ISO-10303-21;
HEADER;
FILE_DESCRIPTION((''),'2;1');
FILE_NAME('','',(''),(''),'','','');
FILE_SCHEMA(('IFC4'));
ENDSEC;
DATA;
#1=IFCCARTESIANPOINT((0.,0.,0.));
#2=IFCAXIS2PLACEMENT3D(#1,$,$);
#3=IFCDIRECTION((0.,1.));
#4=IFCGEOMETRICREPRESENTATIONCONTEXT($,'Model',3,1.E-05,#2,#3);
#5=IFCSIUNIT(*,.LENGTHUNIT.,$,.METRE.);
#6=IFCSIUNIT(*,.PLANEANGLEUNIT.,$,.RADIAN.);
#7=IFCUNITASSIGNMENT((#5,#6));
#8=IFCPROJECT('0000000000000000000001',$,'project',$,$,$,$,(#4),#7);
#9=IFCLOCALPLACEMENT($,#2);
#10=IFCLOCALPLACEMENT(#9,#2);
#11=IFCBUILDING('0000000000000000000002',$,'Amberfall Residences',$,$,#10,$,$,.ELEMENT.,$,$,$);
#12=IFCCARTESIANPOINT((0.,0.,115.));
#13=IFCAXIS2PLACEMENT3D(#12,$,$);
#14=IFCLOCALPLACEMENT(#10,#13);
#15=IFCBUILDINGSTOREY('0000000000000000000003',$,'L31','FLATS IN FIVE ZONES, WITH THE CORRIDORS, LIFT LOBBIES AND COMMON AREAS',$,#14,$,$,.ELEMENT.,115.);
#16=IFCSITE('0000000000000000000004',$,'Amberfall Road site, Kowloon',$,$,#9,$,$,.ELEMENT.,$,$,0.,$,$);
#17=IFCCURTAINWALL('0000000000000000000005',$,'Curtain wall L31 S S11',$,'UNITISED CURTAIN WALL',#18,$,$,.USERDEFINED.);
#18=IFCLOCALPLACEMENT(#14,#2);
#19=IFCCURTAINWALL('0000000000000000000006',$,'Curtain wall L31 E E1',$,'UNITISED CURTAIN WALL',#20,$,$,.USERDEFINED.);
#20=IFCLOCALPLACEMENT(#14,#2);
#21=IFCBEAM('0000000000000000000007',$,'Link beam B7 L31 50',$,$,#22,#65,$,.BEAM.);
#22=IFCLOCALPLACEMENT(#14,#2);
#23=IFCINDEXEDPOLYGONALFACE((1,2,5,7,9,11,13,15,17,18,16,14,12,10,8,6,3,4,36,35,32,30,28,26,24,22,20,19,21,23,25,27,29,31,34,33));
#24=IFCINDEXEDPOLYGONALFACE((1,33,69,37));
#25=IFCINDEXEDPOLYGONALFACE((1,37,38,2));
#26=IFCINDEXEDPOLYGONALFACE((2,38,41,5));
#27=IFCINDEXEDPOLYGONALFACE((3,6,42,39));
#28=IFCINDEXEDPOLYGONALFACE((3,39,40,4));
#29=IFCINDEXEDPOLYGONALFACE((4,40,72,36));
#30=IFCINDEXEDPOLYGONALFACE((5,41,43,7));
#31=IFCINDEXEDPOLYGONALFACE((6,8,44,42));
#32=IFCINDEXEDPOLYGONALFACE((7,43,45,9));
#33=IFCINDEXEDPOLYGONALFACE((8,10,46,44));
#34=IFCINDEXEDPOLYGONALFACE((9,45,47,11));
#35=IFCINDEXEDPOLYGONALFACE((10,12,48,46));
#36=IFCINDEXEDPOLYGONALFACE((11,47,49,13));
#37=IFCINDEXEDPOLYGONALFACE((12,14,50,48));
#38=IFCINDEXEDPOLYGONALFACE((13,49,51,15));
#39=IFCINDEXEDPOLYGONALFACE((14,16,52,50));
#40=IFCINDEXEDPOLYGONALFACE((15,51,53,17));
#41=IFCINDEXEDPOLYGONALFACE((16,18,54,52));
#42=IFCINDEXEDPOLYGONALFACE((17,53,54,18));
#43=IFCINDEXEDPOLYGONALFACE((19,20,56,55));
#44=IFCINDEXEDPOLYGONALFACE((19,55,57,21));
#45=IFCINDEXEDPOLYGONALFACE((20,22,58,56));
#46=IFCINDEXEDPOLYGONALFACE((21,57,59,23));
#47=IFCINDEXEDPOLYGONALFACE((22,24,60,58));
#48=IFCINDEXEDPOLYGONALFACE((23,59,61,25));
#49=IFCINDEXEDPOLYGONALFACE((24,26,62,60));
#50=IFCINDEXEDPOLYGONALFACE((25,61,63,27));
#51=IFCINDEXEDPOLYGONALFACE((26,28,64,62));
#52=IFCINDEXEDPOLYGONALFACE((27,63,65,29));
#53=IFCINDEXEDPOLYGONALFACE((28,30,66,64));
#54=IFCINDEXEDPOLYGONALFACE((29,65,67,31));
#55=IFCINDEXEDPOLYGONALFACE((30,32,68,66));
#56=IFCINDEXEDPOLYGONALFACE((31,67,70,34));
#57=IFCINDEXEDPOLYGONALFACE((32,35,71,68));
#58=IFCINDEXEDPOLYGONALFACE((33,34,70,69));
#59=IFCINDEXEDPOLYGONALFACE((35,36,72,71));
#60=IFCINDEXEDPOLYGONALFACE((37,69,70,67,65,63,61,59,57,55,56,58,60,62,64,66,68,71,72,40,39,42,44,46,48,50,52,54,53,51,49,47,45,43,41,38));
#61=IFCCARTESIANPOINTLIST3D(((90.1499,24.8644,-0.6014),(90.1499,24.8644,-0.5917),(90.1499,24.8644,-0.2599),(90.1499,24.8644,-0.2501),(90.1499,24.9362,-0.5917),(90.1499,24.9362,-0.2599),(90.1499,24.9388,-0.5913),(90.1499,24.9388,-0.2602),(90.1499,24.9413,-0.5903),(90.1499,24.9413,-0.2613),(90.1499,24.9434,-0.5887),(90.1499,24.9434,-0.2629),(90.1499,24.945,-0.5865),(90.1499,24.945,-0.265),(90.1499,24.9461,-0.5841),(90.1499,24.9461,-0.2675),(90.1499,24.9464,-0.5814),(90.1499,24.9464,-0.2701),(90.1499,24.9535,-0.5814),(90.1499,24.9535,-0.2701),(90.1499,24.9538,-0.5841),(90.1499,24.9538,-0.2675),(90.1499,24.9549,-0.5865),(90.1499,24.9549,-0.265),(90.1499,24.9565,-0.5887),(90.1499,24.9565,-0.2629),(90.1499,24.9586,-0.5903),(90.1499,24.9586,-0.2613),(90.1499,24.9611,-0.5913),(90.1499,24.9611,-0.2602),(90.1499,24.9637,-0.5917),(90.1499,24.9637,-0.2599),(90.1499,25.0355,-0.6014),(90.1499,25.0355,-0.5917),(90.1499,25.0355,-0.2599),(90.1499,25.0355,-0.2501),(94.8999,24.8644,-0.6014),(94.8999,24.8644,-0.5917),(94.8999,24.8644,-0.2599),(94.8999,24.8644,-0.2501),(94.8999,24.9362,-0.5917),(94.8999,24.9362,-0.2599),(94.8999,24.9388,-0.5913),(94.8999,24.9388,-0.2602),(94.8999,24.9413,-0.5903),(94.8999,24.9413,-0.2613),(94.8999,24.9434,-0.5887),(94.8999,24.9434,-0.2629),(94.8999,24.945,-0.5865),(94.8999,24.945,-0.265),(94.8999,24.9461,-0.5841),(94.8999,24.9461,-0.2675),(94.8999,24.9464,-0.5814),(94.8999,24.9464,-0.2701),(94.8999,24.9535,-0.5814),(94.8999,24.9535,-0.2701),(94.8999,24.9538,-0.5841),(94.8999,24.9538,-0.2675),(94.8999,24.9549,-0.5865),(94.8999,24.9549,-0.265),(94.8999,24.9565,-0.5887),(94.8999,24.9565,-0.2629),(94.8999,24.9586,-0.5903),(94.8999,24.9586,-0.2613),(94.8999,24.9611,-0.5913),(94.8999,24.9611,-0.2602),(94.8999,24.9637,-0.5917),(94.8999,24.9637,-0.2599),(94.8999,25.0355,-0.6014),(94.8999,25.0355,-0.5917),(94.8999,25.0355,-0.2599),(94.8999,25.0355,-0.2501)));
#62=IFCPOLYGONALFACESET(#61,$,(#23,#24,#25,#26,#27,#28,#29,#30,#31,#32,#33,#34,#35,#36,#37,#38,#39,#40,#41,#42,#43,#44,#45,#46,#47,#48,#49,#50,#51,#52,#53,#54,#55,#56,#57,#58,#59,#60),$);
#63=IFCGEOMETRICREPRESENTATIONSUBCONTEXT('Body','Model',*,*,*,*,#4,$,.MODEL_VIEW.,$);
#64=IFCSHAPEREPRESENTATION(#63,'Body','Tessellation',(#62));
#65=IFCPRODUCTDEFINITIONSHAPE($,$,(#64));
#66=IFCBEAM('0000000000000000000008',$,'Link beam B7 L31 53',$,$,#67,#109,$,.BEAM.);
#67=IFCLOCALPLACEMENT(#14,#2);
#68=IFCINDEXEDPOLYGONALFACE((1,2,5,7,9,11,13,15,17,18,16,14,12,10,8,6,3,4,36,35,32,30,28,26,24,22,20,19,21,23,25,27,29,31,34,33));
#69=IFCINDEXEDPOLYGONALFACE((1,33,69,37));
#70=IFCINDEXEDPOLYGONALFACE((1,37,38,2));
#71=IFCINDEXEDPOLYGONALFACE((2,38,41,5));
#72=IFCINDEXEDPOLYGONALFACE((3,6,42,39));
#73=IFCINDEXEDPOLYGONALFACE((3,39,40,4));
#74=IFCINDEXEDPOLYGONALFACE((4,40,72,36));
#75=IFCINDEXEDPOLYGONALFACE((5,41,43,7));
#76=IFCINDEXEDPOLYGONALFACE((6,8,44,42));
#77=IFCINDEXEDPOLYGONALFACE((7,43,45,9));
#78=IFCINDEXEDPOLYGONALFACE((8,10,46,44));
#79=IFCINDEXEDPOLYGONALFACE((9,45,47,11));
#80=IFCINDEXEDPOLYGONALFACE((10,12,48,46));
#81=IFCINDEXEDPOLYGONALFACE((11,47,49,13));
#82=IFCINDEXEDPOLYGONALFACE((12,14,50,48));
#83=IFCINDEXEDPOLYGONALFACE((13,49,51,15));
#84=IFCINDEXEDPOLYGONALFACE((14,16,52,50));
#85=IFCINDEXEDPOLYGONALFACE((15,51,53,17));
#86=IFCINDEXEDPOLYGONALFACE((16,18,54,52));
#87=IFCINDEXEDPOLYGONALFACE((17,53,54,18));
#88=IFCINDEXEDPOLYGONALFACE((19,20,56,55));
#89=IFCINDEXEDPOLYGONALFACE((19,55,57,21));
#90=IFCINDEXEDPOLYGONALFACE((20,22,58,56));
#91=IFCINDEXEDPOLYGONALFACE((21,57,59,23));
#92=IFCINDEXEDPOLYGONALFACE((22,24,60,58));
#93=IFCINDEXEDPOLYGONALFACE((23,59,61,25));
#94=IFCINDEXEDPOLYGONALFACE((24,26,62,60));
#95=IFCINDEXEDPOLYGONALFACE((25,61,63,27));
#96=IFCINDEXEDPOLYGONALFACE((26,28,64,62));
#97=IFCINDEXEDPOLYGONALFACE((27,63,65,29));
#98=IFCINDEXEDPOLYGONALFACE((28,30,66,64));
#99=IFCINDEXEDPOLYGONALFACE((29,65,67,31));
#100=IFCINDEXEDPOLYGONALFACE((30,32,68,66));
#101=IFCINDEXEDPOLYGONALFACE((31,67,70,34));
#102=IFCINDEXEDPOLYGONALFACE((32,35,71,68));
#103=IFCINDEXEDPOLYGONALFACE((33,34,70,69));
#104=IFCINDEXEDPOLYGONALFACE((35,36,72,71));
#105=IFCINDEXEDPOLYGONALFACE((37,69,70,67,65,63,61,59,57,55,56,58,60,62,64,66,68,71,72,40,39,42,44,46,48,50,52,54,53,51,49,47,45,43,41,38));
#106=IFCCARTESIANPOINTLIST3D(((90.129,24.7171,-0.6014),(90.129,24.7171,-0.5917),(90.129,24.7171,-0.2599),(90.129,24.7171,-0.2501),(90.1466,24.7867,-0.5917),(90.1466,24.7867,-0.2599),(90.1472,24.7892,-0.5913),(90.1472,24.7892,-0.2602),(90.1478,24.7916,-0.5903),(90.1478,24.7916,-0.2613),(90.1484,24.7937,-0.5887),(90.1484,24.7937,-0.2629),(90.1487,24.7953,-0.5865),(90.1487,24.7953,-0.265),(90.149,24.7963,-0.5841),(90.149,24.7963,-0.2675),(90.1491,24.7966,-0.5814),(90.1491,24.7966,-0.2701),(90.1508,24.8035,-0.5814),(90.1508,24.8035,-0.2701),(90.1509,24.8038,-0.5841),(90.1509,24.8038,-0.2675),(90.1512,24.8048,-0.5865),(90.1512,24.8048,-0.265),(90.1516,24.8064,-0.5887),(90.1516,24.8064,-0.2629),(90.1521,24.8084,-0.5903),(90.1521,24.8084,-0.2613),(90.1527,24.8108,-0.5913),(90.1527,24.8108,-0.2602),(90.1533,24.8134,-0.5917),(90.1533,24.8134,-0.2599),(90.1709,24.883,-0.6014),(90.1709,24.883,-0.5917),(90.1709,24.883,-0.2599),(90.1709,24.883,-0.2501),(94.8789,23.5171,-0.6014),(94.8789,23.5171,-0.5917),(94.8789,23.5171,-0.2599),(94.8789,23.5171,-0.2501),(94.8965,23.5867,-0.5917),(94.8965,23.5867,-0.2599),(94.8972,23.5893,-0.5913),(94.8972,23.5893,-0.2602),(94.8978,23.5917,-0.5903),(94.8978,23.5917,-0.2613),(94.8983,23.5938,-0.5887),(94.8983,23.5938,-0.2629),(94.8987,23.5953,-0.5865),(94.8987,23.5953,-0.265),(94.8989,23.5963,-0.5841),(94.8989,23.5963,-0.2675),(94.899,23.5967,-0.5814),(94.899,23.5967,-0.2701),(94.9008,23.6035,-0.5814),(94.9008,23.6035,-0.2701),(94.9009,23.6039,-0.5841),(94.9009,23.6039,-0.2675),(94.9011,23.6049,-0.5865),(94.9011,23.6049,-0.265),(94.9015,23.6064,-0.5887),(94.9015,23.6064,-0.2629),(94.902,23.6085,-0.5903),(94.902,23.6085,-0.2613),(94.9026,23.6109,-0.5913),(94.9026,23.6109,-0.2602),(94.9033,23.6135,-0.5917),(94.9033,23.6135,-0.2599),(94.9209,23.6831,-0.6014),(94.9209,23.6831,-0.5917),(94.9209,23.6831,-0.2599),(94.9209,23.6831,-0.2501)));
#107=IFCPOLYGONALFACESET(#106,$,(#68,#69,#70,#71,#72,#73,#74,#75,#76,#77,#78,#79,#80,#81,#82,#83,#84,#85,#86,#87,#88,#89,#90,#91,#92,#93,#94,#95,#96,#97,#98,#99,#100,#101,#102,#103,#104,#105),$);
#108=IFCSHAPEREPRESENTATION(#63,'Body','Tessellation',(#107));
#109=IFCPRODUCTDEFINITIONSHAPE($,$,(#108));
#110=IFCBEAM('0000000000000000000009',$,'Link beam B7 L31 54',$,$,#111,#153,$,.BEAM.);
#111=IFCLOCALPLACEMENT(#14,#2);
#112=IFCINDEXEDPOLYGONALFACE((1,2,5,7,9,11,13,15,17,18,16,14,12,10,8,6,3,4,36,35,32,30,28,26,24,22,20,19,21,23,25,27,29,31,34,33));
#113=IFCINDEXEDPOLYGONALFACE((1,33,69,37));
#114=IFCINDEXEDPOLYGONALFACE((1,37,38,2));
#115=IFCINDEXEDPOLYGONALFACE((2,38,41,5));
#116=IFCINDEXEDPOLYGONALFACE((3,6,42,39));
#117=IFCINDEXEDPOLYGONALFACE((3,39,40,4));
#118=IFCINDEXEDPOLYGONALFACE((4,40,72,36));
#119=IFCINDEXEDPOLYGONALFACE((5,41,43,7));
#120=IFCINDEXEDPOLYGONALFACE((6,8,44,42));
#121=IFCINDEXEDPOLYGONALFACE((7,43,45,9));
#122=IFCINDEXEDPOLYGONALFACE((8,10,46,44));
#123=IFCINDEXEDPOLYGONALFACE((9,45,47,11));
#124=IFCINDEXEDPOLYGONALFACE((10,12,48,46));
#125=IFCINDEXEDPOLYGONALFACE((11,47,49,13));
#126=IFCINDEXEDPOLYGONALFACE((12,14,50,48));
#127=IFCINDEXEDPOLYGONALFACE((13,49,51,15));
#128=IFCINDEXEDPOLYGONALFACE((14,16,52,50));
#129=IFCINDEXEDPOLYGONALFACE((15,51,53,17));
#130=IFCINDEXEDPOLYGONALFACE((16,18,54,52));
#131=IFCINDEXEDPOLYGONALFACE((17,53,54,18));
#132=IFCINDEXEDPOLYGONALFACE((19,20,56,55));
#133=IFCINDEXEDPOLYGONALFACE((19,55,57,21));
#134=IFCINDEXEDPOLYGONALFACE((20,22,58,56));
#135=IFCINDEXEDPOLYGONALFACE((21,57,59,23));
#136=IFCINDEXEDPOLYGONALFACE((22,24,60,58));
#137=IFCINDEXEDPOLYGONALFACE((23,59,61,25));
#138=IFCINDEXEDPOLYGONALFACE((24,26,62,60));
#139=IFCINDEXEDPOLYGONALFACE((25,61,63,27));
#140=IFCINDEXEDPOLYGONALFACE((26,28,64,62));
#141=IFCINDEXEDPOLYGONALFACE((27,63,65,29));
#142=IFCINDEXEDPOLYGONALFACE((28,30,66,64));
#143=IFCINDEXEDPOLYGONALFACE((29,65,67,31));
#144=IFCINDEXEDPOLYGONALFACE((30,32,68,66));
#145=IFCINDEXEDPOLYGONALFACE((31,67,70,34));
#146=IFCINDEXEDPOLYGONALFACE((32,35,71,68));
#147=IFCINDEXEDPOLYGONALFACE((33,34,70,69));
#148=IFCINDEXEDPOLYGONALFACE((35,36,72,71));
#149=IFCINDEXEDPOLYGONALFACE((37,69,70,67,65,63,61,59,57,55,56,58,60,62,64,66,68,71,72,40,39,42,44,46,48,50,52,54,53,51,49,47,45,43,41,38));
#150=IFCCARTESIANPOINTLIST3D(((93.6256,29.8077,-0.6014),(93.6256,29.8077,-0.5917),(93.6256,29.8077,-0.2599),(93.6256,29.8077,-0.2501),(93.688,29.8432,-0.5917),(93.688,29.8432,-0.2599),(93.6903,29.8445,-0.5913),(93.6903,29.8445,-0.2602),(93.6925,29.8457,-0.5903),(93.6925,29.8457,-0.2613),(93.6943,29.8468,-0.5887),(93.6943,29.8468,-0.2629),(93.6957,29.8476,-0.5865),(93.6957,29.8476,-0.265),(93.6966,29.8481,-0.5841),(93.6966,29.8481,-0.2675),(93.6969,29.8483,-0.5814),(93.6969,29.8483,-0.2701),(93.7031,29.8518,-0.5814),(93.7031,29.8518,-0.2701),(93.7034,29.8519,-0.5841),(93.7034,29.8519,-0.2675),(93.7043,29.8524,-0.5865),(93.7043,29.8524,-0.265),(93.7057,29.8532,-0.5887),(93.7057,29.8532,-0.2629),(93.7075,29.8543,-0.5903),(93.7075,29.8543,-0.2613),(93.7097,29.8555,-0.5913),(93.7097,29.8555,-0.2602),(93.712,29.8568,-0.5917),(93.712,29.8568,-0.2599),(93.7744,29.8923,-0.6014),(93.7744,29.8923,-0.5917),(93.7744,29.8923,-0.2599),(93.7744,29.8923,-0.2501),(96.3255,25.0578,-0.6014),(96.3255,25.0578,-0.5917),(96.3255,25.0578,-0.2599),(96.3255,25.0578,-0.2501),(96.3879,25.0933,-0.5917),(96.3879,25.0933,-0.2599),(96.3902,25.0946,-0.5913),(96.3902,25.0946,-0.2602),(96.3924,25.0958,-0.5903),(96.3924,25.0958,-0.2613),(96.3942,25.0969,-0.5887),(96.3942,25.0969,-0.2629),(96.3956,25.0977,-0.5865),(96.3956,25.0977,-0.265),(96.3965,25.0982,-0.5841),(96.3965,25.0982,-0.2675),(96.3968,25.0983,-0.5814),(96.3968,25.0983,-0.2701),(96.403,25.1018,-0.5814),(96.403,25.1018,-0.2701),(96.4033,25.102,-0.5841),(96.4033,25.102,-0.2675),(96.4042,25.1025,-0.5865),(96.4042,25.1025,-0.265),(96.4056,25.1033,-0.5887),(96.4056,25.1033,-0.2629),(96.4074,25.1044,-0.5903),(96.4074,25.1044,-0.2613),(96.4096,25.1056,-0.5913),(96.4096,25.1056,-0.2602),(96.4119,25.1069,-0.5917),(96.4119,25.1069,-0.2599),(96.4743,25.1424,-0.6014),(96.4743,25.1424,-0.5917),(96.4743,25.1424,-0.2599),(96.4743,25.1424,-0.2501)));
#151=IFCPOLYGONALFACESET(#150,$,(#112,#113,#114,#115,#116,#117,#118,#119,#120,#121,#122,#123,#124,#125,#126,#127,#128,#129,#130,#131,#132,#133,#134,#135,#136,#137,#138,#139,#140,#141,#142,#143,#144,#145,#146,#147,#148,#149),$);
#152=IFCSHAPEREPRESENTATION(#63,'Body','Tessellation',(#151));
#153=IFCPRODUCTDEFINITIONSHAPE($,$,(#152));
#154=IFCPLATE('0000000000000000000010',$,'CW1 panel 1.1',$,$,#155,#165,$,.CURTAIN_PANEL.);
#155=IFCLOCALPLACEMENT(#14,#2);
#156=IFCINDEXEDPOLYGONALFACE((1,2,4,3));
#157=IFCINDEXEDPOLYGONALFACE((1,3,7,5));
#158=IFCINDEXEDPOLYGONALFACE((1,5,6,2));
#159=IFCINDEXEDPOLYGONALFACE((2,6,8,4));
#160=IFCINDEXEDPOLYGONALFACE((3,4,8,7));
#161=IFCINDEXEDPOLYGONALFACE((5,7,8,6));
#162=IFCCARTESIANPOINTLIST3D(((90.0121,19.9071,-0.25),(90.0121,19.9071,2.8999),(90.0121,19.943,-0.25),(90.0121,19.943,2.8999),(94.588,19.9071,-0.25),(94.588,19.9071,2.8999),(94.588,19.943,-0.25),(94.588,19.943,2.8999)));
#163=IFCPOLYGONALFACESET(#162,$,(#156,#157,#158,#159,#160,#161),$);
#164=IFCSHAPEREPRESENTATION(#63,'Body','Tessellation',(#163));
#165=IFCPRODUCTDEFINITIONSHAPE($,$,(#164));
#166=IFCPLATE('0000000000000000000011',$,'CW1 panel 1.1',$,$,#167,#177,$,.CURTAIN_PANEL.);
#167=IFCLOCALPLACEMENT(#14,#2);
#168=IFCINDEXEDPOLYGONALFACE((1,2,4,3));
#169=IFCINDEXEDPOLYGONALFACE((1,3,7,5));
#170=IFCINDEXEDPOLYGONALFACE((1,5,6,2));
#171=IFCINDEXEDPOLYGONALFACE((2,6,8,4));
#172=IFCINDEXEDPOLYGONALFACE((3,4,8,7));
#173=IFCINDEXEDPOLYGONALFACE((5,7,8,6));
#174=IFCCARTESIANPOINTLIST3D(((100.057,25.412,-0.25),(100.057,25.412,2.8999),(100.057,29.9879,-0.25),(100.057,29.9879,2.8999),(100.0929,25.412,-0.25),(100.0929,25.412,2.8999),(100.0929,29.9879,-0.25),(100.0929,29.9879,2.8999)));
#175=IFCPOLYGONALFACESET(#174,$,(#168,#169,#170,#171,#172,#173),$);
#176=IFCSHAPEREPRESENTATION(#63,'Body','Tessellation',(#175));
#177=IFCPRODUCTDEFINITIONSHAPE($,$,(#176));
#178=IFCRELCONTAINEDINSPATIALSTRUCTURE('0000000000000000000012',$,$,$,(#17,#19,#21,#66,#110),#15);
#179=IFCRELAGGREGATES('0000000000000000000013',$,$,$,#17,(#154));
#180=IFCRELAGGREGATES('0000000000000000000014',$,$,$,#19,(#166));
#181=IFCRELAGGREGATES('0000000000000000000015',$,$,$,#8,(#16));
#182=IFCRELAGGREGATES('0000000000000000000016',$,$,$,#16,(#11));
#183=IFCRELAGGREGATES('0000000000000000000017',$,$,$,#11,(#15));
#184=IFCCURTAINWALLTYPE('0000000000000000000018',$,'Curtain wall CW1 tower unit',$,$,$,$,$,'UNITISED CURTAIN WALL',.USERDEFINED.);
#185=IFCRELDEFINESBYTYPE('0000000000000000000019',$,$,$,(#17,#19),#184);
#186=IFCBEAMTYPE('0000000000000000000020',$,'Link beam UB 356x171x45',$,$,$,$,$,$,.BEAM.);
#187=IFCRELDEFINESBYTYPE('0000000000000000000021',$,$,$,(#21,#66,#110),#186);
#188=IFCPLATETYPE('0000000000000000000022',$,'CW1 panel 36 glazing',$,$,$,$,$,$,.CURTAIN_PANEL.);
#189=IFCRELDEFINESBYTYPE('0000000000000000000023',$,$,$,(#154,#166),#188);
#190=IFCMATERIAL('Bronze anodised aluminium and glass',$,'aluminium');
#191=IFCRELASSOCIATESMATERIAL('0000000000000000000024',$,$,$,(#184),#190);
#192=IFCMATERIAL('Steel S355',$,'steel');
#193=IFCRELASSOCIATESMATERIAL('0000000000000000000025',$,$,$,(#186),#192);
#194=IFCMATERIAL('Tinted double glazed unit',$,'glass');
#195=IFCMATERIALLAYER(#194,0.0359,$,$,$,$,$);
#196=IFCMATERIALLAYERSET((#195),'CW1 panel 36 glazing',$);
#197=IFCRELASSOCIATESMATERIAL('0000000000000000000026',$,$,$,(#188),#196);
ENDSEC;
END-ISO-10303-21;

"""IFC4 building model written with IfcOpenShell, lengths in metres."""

from ifc_helpers import new_model, si_unit, direction, frame, origin, origin_2d, place, context, subcontext, project, spatial, rectangle, i_section, extrude, material, layer, layer_set, material_profile, profile_set, type_object, element, aggregate, save


model = new_model("IFC4")

# Units and contexts
model_context = context("Model", 3, precision=1e-05, world=origin(), true_north=direction((0.0, 1.0)))
body_context = subcontext(model_context, "Body", "Model", "MODEL_VIEW")
ifc_project = project(units=[si_unit("LENGTHUNIT", "METRE"), si_unit("PLANEANGLEUNIT", "RADIAN")], contexts=[model_context])

# Site, building, storey
site_placement = place(None, origin())
site = spatial("IfcSite", under=ifc_project, at=site_placement, Name="Amberfall Road site, Kowloon", CompositionType="ELEMENT", RefElevation=0.0)
building_placement = place(site_placement, origin())
building = spatial("IfcBuilding", under=site, at=building_placement, Name="Amberfall Residences", CompositionType="ELEMENT")
storey_placement = place(building_placement, frame((0.0, 0.0, 115.0)))
storey = spatial("IfcBuildingStorey", under=building, at=storey_placement, Name="L31", Description="FLATS IN FIVE ZONES, WITH THE CORRIDORS, LIFT LOBBIES AND COMMON AREAS", CompositionType="ELEMENT", Elevation=115.0)

# Curtain walls
ifc_material_1 = material(Name="Bronze anodised aluminium and glass", Category="aluminium")
curtain_wall_type = type_object("IfcCurtainWallType", Name="Curtain wall CW1 tower unit", ElementType="UNITISED CURTAIN WALL", PredefinedType="USERDEFINED", material=ifc_material_1)
curtain_wall_1_placement = place(storey_placement, origin())
curtain_wall_1 = element("IfcCurtainWall", 1, at=curtain_wall_1_placement, inside=storey, type_object=curtain_wall_type, Name="Curtain wall L31 S S11", ObjectType="UNITISED CURTAIN WALL", PredefinedType="USERDEFINED")
curtain_wall_2_placement = place(storey_placement, origin())
curtain_wall_2 = element("IfcCurtainWall", 2, at=curtain_wall_2_placement, inside=storey, type_object=curtain_wall_type, Name="Curtain wall L31 E E1", ObjectType="UNITISED CURTAIN WALL", PredefinedType="USERDEFINED")

# Beams
ifc_material_2 = material(Name="Steel S355", Category="steel")
ifc_material_profile_1 = material_profile(ifc_material_2, i_section(OverallWidth=0.1711, OverallDepth=0.3513, WebThickness=0.0071, FlangeThickness=0.0098, FilletRadius=0.0103, at=origin_2d()), Name="UB 356x171x45")
ifc_profile_set_1 = profile_set([ifc_material_profile_1], Name="Steel S355")
beam_type_1 = type_object("IfcBeamType", Name="Link beam UB 356x171x45", PredefinedType="BEAM", material=ifc_profile_set_1)
beam_1_placement = place(storey_placement, frame((90.1499, 24.95, -0.4258), z_axis=(1.0, 0.0, 0.0), x_axis=(0.0, 1.0, 0.0)))
element("IfcBeam", 3, at=beam_1_placement, inside=storey, type_object=beam_type_1, Name="Link beam B7 L31 50", PredefinedType="BEAM", context=body_context, shape_type="SweptSolid", body=[
    extrude(i_section(OverallWidth=0.1711, OverallDepth=0.3513, WebThickness=0.0071, FlangeThickness=0.0098, FilletRadius=0.0103, at=origin_2d()), origin(), (0.0, 0.0, 1.0), 4.75),
])
beam_2_placement = place(storey_placement, frame((94.8999, 23.6001, -0.4258), z_axis=(-0.969542, 0.244927, 0.0), x_axis=(-0.244927, -0.969542, 0.0)))
element("IfcBeam", 4, at=beam_2_placement, inside=storey, type_object=beam_type_1, Name="Link beam B7 L31 53", PredefinedType="BEAM", context=body_context, shape_type="SweptSolid", body=[
    extrude(i_section(OverallWidth=0.1711, OverallDepth=0.3513, WebThickness=0.0071, FlangeThickness=0.0098, FilletRadius=0.0103, at=origin_2d()), origin(), (0.0, 0.0, 1.0), 4.8992),
])
beam_3_placement = place(storey_placement, frame((96.3999, 25.1001, -0.4258), z_axis=(-0.49416, 0.869371, 0.0), x_axis=(-0.869371, -0.49416, 0.0)))
element("IfcBeam", 5, at=beam_3_placement, inside=storey, type_object=beam_type_1, Name="Link beam B7 L31 54", PredefinedType="BEAM", context=body_context, shape_type="SweptSolid", body=[
    extrude(i_section(OverallWidth=0.1711, OverallDepth=0.3513, WebThickness=0.0071, FlangeThickness=0.0098, FilletRadius=0.0103, at=origin_2d()), origin(), (0.0, 0.0, 1.0), 5.4636),
])

# Plates
ifc_material_3 = material(Name="Tinted double glazed unit", Category="glass")
ifc_layer_1 = layer(ifc_material_3, 0.0359)
ifc_layer_set_1 = layer_set([ifc_layer_1], Name="CW1 panel 36 glazing")
plate_type = type_object("IfcPlateType", Name="CW1 panel 36 glazing", PredefinedType="CURTAIN_PANEL", material=ifc_layer_set_1)
plate_1_placement = place(storey_placement, frame((92.3, 19.925, -0.25), z_axis=(0.0, 0.0, 1.0), x_axis=(1.0, 0.0, 0.0)))
plate_1 = element("IfcPlate", 6, at=plate_1_placement, type_object=plate_type, Name="CW1 panel 1.1", PredefinedType="CURTAIN_PANEL", context=body_context, shape_type="SweptSolid", body=[
    extrude(rectangle(XDim=4.5759, YDim=0.0359, at=origin_2d()), origin(), (0.0, 0.0, 1.0), 3.1499),
])
aggregate(curtain_wall_1, [plate_1])
plate_2_placement = place(storey_placement, frame((100.075, 27.7, -0.25), z_axis=(0.0, 0.0, 1.0), x_axis=(0.0, 1.0, 0.0)))
plate_2 = element("IfcPlate", 7, at=plate_2_placement, type_object=plate_type, Name="CW1 panel 1.1", PredefinedType="CURTAIN_PANEL", context=body_context, shape_type="SweptSolid", body=[
    extrude(rectangle(XDim=4.5759, YDim=0.0359, at=origin_2d()), origin(), (0.0, 0.0, 1.0), 3.1499),
])
aggregate(curtain_wall_2, [plate_2])

save(model, "model.ifc")
